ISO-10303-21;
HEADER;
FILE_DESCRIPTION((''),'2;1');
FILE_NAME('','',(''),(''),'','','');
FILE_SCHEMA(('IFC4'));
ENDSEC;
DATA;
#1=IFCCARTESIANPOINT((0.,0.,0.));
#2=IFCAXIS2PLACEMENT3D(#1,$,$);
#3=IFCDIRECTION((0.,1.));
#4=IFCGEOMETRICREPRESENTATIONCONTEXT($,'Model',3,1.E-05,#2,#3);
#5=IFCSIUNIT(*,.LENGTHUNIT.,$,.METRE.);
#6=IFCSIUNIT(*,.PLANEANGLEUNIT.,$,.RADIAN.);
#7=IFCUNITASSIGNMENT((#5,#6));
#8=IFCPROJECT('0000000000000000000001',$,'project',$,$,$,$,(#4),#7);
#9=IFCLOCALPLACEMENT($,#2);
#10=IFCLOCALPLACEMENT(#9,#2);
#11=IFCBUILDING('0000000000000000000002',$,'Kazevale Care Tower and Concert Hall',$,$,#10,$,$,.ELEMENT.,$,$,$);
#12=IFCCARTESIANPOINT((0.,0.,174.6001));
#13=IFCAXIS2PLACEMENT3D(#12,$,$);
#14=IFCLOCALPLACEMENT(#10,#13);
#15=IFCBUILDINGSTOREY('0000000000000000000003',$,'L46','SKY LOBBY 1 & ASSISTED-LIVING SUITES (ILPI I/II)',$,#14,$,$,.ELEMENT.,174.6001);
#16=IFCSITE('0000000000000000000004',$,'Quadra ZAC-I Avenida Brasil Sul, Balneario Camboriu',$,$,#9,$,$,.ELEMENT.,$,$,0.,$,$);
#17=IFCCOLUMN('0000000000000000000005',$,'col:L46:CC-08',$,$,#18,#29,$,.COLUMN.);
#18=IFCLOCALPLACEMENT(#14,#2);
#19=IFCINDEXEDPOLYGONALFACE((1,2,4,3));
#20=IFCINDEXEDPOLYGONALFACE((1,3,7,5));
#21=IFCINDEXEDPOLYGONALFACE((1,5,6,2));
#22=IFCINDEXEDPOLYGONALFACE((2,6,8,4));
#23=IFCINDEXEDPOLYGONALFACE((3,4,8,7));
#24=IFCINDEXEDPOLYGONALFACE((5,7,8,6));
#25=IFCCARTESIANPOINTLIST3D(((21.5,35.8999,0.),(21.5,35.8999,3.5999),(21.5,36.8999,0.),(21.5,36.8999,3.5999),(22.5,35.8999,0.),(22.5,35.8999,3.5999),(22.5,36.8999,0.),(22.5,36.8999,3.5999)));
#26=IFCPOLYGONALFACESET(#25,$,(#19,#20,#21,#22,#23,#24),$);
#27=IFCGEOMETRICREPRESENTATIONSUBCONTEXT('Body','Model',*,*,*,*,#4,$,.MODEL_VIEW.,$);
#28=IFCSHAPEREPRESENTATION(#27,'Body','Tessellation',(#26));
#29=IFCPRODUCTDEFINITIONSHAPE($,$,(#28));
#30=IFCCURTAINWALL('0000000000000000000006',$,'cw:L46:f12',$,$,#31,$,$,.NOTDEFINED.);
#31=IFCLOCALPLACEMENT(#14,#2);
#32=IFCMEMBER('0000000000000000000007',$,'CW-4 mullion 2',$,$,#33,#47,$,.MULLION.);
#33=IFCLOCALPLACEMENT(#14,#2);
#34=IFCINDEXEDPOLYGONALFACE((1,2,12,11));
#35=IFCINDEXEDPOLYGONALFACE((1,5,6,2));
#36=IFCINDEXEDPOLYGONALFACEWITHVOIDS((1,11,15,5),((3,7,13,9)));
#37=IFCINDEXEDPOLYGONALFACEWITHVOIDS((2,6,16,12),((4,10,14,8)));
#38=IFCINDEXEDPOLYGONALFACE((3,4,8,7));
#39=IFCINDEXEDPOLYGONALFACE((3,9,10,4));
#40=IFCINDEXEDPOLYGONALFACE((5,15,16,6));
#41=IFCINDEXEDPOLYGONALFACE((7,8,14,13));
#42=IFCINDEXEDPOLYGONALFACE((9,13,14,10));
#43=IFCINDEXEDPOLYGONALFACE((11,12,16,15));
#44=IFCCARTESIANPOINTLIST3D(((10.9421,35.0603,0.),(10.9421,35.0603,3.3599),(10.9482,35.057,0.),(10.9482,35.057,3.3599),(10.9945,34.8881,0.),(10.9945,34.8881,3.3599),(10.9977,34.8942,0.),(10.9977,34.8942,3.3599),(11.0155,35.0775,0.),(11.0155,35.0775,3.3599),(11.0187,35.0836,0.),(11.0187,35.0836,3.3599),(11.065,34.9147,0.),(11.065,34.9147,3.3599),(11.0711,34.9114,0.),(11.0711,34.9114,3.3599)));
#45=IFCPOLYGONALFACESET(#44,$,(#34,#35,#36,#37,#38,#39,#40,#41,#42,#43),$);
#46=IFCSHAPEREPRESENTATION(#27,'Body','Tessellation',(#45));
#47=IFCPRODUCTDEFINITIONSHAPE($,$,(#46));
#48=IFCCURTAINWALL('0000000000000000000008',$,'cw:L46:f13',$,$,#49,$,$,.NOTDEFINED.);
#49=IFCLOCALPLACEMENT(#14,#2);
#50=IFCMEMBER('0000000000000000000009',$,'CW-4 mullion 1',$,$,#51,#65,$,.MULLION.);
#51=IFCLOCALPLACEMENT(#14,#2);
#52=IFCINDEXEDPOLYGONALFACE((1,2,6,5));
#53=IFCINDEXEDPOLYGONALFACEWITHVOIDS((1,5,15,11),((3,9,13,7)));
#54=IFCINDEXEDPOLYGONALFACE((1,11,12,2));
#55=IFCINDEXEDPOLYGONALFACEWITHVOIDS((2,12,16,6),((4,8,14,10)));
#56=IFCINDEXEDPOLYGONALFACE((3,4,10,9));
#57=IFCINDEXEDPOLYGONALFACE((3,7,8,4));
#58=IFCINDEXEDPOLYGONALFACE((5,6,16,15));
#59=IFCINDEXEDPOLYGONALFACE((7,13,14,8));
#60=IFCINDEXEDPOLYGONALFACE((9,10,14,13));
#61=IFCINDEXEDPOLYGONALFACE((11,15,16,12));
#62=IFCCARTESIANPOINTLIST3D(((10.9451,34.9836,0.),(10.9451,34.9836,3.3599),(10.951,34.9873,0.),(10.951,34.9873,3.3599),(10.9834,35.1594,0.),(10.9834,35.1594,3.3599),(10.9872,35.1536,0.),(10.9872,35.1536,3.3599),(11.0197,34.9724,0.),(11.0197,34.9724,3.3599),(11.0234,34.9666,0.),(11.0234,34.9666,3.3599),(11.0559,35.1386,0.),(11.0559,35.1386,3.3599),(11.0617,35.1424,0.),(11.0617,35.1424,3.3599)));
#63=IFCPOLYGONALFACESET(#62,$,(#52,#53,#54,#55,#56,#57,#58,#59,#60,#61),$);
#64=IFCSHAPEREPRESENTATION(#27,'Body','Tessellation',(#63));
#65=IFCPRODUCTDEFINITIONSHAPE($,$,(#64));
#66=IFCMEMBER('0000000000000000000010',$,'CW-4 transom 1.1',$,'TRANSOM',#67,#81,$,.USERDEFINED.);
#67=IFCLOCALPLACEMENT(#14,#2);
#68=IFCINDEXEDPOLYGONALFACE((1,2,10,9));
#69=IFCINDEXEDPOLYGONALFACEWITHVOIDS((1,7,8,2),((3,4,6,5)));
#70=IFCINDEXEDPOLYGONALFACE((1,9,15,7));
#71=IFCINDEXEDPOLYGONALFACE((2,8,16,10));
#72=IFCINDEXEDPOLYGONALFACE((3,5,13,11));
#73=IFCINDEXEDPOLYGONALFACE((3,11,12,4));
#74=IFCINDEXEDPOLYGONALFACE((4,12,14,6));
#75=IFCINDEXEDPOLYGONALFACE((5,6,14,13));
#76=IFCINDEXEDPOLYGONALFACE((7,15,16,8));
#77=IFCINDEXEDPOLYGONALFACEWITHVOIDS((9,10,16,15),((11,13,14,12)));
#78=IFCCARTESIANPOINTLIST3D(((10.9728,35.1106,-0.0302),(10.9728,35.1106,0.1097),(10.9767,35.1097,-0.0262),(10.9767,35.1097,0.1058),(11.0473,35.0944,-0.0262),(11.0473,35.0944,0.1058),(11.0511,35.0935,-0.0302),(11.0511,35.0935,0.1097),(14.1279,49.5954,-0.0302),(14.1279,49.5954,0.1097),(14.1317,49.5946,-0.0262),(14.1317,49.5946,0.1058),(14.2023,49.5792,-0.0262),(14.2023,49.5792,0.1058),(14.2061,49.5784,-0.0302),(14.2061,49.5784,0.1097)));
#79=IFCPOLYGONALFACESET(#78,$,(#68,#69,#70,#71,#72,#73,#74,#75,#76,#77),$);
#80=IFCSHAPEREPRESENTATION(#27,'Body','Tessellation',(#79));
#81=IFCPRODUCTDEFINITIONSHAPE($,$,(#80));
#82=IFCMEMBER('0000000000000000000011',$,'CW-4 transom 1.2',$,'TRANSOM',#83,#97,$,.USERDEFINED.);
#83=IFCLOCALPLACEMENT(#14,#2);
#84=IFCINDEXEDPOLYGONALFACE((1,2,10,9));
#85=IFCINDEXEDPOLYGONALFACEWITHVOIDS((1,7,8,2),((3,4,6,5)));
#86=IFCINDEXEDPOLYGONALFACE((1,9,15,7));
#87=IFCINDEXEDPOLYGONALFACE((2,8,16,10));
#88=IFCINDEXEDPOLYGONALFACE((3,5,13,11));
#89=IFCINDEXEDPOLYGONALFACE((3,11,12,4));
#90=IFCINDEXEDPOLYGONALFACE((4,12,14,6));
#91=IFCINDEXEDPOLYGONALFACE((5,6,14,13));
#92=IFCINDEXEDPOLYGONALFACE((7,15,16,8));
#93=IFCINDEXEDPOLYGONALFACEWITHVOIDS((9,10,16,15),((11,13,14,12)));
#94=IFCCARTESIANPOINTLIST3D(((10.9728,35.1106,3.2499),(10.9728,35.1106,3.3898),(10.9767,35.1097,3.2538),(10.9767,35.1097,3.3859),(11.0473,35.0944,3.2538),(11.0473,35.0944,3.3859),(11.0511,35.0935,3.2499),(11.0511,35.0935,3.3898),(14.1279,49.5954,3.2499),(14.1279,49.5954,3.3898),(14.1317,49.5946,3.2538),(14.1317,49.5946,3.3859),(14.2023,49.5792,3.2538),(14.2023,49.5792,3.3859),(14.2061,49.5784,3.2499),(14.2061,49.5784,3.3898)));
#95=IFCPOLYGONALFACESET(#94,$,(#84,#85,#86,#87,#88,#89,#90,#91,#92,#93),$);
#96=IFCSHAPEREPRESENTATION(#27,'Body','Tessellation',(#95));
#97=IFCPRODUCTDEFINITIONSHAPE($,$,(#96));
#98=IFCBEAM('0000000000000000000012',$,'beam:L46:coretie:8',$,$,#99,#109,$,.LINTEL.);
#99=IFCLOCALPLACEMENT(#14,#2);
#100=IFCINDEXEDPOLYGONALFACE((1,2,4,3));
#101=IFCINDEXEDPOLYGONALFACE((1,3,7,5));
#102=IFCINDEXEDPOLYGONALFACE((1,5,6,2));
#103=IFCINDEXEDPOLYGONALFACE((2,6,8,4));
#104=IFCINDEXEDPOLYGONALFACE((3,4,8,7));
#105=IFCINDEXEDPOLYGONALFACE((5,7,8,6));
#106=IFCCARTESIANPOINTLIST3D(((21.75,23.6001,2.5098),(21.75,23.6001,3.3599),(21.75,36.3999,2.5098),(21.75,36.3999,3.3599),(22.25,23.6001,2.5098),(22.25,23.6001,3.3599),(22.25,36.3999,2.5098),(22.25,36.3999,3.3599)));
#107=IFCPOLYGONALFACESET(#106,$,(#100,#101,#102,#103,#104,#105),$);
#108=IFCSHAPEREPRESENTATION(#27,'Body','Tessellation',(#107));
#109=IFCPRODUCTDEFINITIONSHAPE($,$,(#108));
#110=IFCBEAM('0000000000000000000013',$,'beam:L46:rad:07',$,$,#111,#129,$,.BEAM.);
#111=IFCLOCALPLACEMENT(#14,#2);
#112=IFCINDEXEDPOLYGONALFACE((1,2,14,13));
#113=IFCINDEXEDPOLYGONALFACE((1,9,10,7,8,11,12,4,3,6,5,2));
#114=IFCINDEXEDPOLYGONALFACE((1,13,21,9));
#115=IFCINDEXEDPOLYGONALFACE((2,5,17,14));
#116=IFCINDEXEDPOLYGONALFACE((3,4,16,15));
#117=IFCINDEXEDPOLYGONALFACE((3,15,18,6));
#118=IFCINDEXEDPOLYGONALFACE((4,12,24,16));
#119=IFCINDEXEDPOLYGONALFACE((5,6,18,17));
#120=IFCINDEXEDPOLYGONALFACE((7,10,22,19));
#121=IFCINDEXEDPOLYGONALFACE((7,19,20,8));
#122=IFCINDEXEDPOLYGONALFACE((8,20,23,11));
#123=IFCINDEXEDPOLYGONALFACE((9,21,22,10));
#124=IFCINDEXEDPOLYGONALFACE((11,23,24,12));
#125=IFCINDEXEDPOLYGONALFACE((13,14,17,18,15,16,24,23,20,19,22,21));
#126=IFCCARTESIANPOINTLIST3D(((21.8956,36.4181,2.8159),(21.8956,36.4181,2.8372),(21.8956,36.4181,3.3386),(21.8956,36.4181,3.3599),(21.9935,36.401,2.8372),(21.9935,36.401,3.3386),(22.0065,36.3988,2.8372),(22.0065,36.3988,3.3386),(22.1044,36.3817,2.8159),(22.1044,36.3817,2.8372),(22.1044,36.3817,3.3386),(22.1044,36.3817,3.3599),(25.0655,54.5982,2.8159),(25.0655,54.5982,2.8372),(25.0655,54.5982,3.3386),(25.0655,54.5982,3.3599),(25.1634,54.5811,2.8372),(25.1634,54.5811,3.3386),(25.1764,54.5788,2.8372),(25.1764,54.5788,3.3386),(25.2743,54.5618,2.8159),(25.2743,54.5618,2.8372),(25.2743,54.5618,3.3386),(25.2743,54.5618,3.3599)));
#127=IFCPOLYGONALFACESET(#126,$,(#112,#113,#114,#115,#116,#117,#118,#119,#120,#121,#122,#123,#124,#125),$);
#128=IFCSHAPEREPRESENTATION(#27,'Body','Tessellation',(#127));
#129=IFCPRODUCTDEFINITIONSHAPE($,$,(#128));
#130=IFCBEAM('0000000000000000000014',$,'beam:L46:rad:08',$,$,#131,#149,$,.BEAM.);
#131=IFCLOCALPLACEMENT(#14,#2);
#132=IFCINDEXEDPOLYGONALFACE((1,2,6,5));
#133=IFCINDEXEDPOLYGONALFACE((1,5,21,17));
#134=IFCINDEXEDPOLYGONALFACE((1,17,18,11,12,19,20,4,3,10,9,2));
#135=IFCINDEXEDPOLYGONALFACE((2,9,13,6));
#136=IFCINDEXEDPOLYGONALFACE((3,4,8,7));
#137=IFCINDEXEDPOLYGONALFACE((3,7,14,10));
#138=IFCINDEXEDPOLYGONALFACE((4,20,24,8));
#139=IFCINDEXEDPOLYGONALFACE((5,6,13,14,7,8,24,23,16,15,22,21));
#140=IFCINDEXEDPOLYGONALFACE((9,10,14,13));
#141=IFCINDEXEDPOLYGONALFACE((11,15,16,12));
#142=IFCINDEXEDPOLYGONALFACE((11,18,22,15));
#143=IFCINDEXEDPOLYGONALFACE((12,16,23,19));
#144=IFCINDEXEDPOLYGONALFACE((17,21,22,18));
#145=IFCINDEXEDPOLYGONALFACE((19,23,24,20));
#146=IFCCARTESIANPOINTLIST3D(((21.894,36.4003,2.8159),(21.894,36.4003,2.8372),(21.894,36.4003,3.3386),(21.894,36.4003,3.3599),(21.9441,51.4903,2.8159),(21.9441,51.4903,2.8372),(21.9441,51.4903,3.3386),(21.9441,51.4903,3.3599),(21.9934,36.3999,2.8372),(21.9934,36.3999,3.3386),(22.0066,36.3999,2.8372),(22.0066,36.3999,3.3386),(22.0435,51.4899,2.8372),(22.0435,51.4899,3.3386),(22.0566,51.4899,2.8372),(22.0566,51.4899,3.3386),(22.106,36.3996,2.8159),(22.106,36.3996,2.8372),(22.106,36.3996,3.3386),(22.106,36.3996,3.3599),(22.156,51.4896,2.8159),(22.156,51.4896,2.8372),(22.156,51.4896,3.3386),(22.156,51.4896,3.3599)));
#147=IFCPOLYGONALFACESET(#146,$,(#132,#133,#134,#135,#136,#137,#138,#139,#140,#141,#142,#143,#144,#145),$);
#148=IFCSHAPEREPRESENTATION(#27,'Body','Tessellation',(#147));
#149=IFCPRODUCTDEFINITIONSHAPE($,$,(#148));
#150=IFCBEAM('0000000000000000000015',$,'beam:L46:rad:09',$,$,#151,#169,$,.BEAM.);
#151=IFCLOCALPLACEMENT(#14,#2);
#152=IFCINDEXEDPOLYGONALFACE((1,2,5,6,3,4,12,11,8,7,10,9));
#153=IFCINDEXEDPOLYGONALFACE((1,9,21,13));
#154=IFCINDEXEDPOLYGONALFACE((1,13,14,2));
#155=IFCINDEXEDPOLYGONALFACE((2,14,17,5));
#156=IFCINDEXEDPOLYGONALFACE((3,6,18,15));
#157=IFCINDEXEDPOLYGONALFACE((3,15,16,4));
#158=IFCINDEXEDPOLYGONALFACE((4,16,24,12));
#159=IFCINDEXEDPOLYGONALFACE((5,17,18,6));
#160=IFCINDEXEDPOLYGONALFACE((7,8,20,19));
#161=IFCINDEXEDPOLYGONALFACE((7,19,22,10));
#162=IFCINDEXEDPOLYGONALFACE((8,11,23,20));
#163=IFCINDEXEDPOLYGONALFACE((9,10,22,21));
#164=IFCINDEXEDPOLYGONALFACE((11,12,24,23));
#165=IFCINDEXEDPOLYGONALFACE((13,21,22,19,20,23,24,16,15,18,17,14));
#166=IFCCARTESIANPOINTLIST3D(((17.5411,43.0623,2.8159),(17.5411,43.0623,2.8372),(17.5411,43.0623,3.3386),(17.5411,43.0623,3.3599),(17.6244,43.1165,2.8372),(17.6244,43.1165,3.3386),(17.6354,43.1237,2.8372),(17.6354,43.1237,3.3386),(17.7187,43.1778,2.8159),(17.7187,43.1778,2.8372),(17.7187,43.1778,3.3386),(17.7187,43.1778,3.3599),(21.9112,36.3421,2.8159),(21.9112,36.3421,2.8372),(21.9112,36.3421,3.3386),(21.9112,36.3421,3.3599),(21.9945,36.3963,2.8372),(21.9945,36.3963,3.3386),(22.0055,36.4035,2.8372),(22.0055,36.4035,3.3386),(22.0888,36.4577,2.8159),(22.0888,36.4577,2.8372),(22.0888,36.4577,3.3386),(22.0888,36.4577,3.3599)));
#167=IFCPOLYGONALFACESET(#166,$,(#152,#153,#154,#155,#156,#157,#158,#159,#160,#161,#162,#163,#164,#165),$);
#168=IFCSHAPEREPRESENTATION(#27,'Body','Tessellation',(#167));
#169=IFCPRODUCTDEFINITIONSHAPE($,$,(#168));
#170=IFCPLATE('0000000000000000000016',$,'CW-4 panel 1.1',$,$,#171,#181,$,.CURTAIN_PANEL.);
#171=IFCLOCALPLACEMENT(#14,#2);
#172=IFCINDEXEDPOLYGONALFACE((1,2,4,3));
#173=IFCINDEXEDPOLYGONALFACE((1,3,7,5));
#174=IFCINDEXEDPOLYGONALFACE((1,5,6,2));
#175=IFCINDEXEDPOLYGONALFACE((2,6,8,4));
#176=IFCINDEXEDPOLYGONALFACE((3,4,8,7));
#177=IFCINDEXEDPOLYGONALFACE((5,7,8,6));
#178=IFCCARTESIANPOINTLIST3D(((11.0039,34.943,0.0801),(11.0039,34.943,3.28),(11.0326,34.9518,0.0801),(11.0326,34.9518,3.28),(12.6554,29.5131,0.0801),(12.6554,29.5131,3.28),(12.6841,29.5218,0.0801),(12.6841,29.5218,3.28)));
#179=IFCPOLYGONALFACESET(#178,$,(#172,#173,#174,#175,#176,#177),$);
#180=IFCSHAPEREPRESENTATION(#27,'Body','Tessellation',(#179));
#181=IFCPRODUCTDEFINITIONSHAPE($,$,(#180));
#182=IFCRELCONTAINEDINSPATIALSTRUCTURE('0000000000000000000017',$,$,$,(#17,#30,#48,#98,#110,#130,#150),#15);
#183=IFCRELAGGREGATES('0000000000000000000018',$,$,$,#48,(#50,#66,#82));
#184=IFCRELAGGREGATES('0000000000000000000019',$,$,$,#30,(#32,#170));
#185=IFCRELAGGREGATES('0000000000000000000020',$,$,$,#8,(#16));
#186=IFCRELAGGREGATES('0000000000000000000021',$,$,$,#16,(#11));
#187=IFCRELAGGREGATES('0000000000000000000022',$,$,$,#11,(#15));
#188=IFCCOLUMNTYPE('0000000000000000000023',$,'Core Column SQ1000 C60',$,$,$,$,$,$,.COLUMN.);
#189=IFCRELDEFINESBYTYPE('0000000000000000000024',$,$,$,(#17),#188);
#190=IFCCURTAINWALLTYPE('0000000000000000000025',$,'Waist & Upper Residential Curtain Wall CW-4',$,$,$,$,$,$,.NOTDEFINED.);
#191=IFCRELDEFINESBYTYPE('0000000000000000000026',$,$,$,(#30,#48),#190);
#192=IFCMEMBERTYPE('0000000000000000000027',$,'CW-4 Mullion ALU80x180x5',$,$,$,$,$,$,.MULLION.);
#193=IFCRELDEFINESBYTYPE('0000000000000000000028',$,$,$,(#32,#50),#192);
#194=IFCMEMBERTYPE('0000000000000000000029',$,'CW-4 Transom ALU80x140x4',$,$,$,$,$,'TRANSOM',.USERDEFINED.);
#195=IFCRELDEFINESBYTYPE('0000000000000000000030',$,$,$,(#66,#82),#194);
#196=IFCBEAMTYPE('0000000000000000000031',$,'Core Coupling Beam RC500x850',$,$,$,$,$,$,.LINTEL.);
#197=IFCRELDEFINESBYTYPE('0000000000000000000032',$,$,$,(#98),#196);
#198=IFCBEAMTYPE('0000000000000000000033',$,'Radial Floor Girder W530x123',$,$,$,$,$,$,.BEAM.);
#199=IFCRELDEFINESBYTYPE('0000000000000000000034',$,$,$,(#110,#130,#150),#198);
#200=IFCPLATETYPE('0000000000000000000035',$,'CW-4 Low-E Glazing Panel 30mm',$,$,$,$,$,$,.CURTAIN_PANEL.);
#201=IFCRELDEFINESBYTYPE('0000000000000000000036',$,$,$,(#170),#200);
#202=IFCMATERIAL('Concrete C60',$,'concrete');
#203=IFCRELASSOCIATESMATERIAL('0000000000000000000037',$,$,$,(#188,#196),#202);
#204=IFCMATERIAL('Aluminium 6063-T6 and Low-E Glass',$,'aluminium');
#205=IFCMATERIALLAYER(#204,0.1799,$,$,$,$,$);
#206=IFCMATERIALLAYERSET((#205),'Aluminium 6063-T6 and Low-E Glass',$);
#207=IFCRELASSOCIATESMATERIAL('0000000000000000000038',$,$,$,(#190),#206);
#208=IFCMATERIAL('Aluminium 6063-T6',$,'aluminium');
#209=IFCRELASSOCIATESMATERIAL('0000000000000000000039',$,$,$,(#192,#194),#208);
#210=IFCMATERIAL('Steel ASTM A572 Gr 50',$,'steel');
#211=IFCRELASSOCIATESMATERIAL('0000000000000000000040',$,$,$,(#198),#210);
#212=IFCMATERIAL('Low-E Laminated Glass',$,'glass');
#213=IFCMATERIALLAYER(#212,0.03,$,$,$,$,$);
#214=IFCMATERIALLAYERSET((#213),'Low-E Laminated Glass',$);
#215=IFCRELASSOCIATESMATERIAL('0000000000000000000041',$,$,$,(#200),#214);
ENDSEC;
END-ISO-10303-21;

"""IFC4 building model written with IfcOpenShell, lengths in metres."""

from ifc_helpers import new_model, si_unit, direction, frame, origin, origin_2d, place, context, subcontext, project, spatial, rectangle, hollow_rectangle, i_section, extrude, material, layer, layer_set, material_profile, profile_set, type_object, element, aggregate, save


model = new_model("IFC4")

# Units and contexts
model_context = context("Model", 3, precision=1e-05, world=origin(), true_north=direction((0.0, 1.0)))
body_context = subcontext(model_context, "Body", "Model", "MODEL_VIEW")
ifc_project = project(units=[si_unit("LENGTHUNIT", "METRE"), si_unit("PLANEANGLEUNIT", "RADIAN")], contexts=[model_context])

# Site, building, storey
site_placement = place(None, origin())
site = spatial("IfcSite", under=ifc_project, at=site_placement, Name="Quadra ZAC-I Avenida Brasil Sul, Balneario Camboriu", CompositionType="ELEMENT", RefElevation=0.0)
building_placement = place(site_placement, origin())
building = spatial("IfcBuilding", under=site, at=building_placement, Name="Kazevale Care Tower and Concert Hall", CompositionType="ELEMENT")
storey_placement = place(building_placement, frame((0.0, 0.0, 174.6001)))
storey = spatial("IfcBuildingStorey", under=building, at=storey_placement, Name="L46", Description="SKY LOBBY 1 & ASSISTED-LIVING SUITES (ILPI I/II)", CompositionType="ELEMENT", Elevation=174.6001)

# Column
ifc_material_1 = material(Name="Concrete C60", Category="concrete")
ifc_material_profile_1 = material_profile(ifc_material_1, rectangle(XDim=1.0, YDim=1.0, at=origin_2d()), Name="RC-SQ1000")
ifc_profile_set_1 = profile_set([ifc_material_profile_1], Name="Concrete C60")
column_type = type_object("IfcColumnType", Name="Core Column SQ1000 C60", PredefinedType="COLUMN", material=ifc_profile_set_1)
column_placement = place(storey_placement, frame((22.0, 36.3999, 0.0), z_axis=(0.0, 0.0, 1.0), x_axis=(1.0, 0.0, 0.0)))
element("IfcColumn", 1, at=column_placement, inside=storey, type_object=column_type, Name="col:L46:CC-08", PredefinedType="COLUMN", context=body_context, shape_type="SweptSolid", body=[
    extrude(rectangle(XDim=1.0, YDim=1.0, at=origin_2d()), origin(), (0.0, 0.0, 1.0), 3.5999),
])

# Curtain wall, member
ifc_material_2 = material(Name="Aluminium 6063-T6 and Low-E Glass", Category="aluminium")
ifc_layer_1 = layer(ifc_material_2, 0.1799)
ifc_layer_set_1 = layer_set([ifc_layer_1], Name="Aluminium 6063-T6 and Low-E Glass")
curtain_wall_type = type_object("IfcCurtainWallType", Name="Waist & Upper Residential Curtain Wall CW-4", PredefinedType="NOTDEFINED", material=ifc_layer_set_1)
curtain_wall_1_placement = place(storey_placement, origin())
curtain_wall_1 = element("IfcCurtainWall", 2, at=curtain_wall_1_placement, inside=storey, type_object=curtain_wall_type, Name="cw:L46:f12", PredefinedType="NOTDEFINED")
ifc_material_3 = material(Name="Aluminium 6063-T6", Category="aluminium")
ifc_material_profile_2 = material_profile(ifc_material_3, hollow_rectangle(XDim=0.0801, YDim=0.1799, WallThickness=0.0049, at=origin_2d()), Name="ALU80x180x5")
ifc_profile_set_2 = profile_set([ifc_material_profile_2], Name="Aluminium 6063-T6")
member_type_1 = type_object("IfcMemberType", Name="CW-4 Mullion ALU80x180x5", PredefinedType="MULLION", material=ifc_profile_set_2)
member_1_placement = place(storey_placement, frame((11.0066, 34.9858, 0.0), z_axis=(0.0, 0.0, 1.0), x_axis=(-0.95673, -0.290977, 0.0)))
member_1 = element("IfcMember", 3, at=member_1_placement, type_object=member_type_1, Name="CW-4 mullion 2", PredefinedType="MULLION", context=body_context, shape_type="SweptSolid", body=[
    extrude(hollow_rectangle(XDim=0.0801, YDim=0.1799, WallThickness=0.0049, at=origin_2d()), origin(), (0.0, 0.0, 1.0), 3.3599),
])

# Curtain wall, members
curtain_wall_2_placement = place(storey_placement, origin())
curtain_wall_2 = element("IfcCurtainWall", 4, at=curtain_wall_2_placement, inside=storey, type_object=curtain_wall_type, Name="cw:L46:f13", PredefinedType="NOTDEFINED")
member_2_placement = place(storey_placement, frame((11.0034, 35.063, 0.0), z_axis=(0.0, 0.0, 1.0), x_axis=(-0.977091, 0.212823, 0.0)))
member_2 = element("IfcMember", 5, at=member_2_placement, type_object=member_type_1, Name="CW-4 mullion 1", PredefinedType="MULLION", context=body_context, shape_type="SweptSolid", body=[
    extrude(hollow_rectangle(XDim=0.0801, YDim=0.1799, WallThickness=0.0049, at=origin_2d()), origin(), (0.0, 0.0, 1.0), 3.3599),
])
ifc_material_profile_3 = material_profile(ifc_material_3, hollow_rectangle(XDim=0.0801, YDim=0.1399, WallThickness=0.0039, at=origin_2d()), Name="ALU80x140x4")
ifc_profile_set_3 = profile_set([ifc_material_profile_3], Name="Aluminium 6063-T6")
member_type_2 = type_object("IfcMemberType", Name="CW-4 Transom ALU80x140x4", ElementType="TRANSOM", PredefinedType="USERDEFINED", material=ifc_profile_set_3)
member_3_placement = place(storey_placement, frame((11.012, 35.1021, 0.0398), z_axis=(0.212826, 0.97709, 0.0), x_axis=(-0.97709, 0.212826, 0.0)))
member_3 = element("IfcMember", 6, at=member_3_placement, type_object=member_type_2, Name="CW-4 transom 1.1", ObjectType="TRANSOM", PredefinedType="USERDEFINED", context=body_context, shape_type="SweptSolid", body=[
    extrude(hollow_rectangle(XDim=0.0801, YDim=0.1399, WallThickness=0.0039, at=origin_2d()), origin(), (0.0, 0.0, 1.0), 14.8245),
])
member_4_placement = place(storey_placement, frame((11.012, 35.1021, 3.3198), z_axis=(0.212826, 0.97709, 0.0), x_axis=(-0.97709, 0.212826, 0.0)))
member_4 = element("IfcMember", 7, at=member_4_placement, type_object=member_type_2, Name="CW-4 transom 1.2", ObjectType="TRANSOM", PredefinedType="USERDEFINED", context=body_context, shape_type="SweptSolid", body=[
    extrude(hollow_rectangle(XDim=0.0801, YDim=0.1399, WallThickness=0.0039, at=origin_2d()), origin(), (0.0, 0.0, 1.0), 14.8245),
])
aggregate(curtain_wall_2, [member_2, member_3, member_4])

# Beams
ifc_material_profile_4 = material_profile(ifc_material_1, rectangle(XDim=0.5, YDim=0.8501, at=origin_2d()), Name="RC-B500x850")
ifc_profile_set_4 = profile_set([ifc_material_profile_4], Name="Concrete C60")
beam_type_1 = type_object("IfcBeamType", Name="Core Coupling Beam RC500x850", PredefinedType="LINTEL", material=ifc_profile_set_4)
beam_1_placement = place(storey_placement, frame((22.0, 36.3999, 2.9348), z_axis=(0.0, -1.0, 0.0), x_axis=(1.0, 0.0, 0.0)))
element("IfcBeam", 8, at=beam_1_placement, inside=storey, type_object=beam_type_1, Name="beam:L46:coretie:8", PredefinedType="LINTEL", context=body_context, shape_type="SweptSolid", body=[
    extrude(rectangle(XDim=0.5, YDim=0.8501, at=origin_2d()), origin(), (0.0, 0.0, 1.0), 12.7998),
])
ifc_material_4 = material(Name="Steel ASTM A572 Gr 50", Category="steel")
ifc_material_profile_5 = material_profile(ifc_material_4, i_section(OverallWidth=0.2119, OverallDepth=0.5439, WebThickness=0.0132, FlangeThickness=0.0212, at=origin_2d()), Name="W530x123")
ifc_profile_set_5 = profile_set([ifc_material_profile_5], Name="Steel ASTM A572 Gr 50")
beam_type_2 = type_object("IfcBeamType", Name="Radial Floor Girder W530x123", PredefinedType="BEAM", material=ifc_profile_set_5)
beam_2_placement = place(storey_placement, frame((22.0, 36.3999, 3.0879), z_axis=(0.17177, 0.985137, 0.0), x_axis=(-0.985137, 0.17177, 0.0)))
element("IfcBeam", 9, at=beam_2_placement, inside=storey, type_object=beam_type_2, Name="beam:L46:rad:07", PredefinedType="BEAM", context=body_context, shape_type="SweptSolid", body=[
    extrude(i_section(OverallWidth=0.2119, OverallDepth=0.5439, WebThickness=0.0132, FlangeThickness=0.0212, at=origin_2d()), origin(), (0.0, 0.0, 1.0), 18.4543),
])
beam_3_placement = place(storey_placement, frame((22.0, 36.3999, 3.0879), z_axis=(0.003317, 0.999994, 0.0), x_axis=(-0.999994, 0.003317, 0.0)))
element("IfcBeam", 10, at=beam_3_placement, inside=storey, type_object=beam_type_2, Name="beam:L46:rad:08", PredefinedType="BEAM", context=body_context, shape_type="SweptSolid", body=[
    extrude(i_section(OverallWidth=0.2119, OverallDepth=0.5439, WebThickness=0.0132, FlangeThickness=0.0212, at=origin_2d()), origin(), (0.0, 0.0, 1.0), 15.0901),
])
beam_4_placement = place(storey_placement, frame((22.0, 36.3999, 3.0879), z_axis=(-0.545162, 0.838331, 0.0), x_axis=(-0.838331, -0.545162, 0.0)))
element("IfcBeam", 11, at=beam_4_placement, inside=storey, type_object=beam_type_2, Name="beam:L46:rad:09", PredefinedType="BEAM", context=body_context, shape_type="SweptSolid", body=[
    extrude(i_section(OverallWidth=0.2119, OverallDepth=0.5439, WebThickness=0.0132, FlangeThickness=0.0212, at=origin_2d()), origin(), (0.0, 0.0, 1.0), 8.0161),
])

# Plate
ifc_material_5 = material(Name="Low-E Laminated Glass", Category="glass")
ifc_layer_2 = layer(ifc_material_5, 0.03)
ifc_layer_set_2 = layer_set([ifc_layer_2], Name="Low-E Laminated Glass")
plate_type = type_object("IfcPlateType", Name="CW-4 Low-E Glazing Panel 30mm", PredefinedType="CURTAIN_PANEL", material=ifc_layer_set_2)
plate_placement = place(storey_placement, frame((11.844, 32.2324, 0.0801), z_axis=(0.0, 0.0, 1.0), x_axis=(-0.290977, 0.95673, 0.0)))
plate = element("IfcPlate", 12, at=plate_placement, type_object=plate_type, Name="CW-4 panel 1.1", PredefinedType="CURTAIN_PANEL", context=body_context, shape_type="SweptSolid", body=[
    extrude(rectangle(XDim=5.6755, YDim=0.03, at=origin_2d()), origin(), (0.0, 0.0, 1.0), 3.2),
])
aggregate(curtain_wall_1, [member_1, plate])

save(model, "model.ifc")
